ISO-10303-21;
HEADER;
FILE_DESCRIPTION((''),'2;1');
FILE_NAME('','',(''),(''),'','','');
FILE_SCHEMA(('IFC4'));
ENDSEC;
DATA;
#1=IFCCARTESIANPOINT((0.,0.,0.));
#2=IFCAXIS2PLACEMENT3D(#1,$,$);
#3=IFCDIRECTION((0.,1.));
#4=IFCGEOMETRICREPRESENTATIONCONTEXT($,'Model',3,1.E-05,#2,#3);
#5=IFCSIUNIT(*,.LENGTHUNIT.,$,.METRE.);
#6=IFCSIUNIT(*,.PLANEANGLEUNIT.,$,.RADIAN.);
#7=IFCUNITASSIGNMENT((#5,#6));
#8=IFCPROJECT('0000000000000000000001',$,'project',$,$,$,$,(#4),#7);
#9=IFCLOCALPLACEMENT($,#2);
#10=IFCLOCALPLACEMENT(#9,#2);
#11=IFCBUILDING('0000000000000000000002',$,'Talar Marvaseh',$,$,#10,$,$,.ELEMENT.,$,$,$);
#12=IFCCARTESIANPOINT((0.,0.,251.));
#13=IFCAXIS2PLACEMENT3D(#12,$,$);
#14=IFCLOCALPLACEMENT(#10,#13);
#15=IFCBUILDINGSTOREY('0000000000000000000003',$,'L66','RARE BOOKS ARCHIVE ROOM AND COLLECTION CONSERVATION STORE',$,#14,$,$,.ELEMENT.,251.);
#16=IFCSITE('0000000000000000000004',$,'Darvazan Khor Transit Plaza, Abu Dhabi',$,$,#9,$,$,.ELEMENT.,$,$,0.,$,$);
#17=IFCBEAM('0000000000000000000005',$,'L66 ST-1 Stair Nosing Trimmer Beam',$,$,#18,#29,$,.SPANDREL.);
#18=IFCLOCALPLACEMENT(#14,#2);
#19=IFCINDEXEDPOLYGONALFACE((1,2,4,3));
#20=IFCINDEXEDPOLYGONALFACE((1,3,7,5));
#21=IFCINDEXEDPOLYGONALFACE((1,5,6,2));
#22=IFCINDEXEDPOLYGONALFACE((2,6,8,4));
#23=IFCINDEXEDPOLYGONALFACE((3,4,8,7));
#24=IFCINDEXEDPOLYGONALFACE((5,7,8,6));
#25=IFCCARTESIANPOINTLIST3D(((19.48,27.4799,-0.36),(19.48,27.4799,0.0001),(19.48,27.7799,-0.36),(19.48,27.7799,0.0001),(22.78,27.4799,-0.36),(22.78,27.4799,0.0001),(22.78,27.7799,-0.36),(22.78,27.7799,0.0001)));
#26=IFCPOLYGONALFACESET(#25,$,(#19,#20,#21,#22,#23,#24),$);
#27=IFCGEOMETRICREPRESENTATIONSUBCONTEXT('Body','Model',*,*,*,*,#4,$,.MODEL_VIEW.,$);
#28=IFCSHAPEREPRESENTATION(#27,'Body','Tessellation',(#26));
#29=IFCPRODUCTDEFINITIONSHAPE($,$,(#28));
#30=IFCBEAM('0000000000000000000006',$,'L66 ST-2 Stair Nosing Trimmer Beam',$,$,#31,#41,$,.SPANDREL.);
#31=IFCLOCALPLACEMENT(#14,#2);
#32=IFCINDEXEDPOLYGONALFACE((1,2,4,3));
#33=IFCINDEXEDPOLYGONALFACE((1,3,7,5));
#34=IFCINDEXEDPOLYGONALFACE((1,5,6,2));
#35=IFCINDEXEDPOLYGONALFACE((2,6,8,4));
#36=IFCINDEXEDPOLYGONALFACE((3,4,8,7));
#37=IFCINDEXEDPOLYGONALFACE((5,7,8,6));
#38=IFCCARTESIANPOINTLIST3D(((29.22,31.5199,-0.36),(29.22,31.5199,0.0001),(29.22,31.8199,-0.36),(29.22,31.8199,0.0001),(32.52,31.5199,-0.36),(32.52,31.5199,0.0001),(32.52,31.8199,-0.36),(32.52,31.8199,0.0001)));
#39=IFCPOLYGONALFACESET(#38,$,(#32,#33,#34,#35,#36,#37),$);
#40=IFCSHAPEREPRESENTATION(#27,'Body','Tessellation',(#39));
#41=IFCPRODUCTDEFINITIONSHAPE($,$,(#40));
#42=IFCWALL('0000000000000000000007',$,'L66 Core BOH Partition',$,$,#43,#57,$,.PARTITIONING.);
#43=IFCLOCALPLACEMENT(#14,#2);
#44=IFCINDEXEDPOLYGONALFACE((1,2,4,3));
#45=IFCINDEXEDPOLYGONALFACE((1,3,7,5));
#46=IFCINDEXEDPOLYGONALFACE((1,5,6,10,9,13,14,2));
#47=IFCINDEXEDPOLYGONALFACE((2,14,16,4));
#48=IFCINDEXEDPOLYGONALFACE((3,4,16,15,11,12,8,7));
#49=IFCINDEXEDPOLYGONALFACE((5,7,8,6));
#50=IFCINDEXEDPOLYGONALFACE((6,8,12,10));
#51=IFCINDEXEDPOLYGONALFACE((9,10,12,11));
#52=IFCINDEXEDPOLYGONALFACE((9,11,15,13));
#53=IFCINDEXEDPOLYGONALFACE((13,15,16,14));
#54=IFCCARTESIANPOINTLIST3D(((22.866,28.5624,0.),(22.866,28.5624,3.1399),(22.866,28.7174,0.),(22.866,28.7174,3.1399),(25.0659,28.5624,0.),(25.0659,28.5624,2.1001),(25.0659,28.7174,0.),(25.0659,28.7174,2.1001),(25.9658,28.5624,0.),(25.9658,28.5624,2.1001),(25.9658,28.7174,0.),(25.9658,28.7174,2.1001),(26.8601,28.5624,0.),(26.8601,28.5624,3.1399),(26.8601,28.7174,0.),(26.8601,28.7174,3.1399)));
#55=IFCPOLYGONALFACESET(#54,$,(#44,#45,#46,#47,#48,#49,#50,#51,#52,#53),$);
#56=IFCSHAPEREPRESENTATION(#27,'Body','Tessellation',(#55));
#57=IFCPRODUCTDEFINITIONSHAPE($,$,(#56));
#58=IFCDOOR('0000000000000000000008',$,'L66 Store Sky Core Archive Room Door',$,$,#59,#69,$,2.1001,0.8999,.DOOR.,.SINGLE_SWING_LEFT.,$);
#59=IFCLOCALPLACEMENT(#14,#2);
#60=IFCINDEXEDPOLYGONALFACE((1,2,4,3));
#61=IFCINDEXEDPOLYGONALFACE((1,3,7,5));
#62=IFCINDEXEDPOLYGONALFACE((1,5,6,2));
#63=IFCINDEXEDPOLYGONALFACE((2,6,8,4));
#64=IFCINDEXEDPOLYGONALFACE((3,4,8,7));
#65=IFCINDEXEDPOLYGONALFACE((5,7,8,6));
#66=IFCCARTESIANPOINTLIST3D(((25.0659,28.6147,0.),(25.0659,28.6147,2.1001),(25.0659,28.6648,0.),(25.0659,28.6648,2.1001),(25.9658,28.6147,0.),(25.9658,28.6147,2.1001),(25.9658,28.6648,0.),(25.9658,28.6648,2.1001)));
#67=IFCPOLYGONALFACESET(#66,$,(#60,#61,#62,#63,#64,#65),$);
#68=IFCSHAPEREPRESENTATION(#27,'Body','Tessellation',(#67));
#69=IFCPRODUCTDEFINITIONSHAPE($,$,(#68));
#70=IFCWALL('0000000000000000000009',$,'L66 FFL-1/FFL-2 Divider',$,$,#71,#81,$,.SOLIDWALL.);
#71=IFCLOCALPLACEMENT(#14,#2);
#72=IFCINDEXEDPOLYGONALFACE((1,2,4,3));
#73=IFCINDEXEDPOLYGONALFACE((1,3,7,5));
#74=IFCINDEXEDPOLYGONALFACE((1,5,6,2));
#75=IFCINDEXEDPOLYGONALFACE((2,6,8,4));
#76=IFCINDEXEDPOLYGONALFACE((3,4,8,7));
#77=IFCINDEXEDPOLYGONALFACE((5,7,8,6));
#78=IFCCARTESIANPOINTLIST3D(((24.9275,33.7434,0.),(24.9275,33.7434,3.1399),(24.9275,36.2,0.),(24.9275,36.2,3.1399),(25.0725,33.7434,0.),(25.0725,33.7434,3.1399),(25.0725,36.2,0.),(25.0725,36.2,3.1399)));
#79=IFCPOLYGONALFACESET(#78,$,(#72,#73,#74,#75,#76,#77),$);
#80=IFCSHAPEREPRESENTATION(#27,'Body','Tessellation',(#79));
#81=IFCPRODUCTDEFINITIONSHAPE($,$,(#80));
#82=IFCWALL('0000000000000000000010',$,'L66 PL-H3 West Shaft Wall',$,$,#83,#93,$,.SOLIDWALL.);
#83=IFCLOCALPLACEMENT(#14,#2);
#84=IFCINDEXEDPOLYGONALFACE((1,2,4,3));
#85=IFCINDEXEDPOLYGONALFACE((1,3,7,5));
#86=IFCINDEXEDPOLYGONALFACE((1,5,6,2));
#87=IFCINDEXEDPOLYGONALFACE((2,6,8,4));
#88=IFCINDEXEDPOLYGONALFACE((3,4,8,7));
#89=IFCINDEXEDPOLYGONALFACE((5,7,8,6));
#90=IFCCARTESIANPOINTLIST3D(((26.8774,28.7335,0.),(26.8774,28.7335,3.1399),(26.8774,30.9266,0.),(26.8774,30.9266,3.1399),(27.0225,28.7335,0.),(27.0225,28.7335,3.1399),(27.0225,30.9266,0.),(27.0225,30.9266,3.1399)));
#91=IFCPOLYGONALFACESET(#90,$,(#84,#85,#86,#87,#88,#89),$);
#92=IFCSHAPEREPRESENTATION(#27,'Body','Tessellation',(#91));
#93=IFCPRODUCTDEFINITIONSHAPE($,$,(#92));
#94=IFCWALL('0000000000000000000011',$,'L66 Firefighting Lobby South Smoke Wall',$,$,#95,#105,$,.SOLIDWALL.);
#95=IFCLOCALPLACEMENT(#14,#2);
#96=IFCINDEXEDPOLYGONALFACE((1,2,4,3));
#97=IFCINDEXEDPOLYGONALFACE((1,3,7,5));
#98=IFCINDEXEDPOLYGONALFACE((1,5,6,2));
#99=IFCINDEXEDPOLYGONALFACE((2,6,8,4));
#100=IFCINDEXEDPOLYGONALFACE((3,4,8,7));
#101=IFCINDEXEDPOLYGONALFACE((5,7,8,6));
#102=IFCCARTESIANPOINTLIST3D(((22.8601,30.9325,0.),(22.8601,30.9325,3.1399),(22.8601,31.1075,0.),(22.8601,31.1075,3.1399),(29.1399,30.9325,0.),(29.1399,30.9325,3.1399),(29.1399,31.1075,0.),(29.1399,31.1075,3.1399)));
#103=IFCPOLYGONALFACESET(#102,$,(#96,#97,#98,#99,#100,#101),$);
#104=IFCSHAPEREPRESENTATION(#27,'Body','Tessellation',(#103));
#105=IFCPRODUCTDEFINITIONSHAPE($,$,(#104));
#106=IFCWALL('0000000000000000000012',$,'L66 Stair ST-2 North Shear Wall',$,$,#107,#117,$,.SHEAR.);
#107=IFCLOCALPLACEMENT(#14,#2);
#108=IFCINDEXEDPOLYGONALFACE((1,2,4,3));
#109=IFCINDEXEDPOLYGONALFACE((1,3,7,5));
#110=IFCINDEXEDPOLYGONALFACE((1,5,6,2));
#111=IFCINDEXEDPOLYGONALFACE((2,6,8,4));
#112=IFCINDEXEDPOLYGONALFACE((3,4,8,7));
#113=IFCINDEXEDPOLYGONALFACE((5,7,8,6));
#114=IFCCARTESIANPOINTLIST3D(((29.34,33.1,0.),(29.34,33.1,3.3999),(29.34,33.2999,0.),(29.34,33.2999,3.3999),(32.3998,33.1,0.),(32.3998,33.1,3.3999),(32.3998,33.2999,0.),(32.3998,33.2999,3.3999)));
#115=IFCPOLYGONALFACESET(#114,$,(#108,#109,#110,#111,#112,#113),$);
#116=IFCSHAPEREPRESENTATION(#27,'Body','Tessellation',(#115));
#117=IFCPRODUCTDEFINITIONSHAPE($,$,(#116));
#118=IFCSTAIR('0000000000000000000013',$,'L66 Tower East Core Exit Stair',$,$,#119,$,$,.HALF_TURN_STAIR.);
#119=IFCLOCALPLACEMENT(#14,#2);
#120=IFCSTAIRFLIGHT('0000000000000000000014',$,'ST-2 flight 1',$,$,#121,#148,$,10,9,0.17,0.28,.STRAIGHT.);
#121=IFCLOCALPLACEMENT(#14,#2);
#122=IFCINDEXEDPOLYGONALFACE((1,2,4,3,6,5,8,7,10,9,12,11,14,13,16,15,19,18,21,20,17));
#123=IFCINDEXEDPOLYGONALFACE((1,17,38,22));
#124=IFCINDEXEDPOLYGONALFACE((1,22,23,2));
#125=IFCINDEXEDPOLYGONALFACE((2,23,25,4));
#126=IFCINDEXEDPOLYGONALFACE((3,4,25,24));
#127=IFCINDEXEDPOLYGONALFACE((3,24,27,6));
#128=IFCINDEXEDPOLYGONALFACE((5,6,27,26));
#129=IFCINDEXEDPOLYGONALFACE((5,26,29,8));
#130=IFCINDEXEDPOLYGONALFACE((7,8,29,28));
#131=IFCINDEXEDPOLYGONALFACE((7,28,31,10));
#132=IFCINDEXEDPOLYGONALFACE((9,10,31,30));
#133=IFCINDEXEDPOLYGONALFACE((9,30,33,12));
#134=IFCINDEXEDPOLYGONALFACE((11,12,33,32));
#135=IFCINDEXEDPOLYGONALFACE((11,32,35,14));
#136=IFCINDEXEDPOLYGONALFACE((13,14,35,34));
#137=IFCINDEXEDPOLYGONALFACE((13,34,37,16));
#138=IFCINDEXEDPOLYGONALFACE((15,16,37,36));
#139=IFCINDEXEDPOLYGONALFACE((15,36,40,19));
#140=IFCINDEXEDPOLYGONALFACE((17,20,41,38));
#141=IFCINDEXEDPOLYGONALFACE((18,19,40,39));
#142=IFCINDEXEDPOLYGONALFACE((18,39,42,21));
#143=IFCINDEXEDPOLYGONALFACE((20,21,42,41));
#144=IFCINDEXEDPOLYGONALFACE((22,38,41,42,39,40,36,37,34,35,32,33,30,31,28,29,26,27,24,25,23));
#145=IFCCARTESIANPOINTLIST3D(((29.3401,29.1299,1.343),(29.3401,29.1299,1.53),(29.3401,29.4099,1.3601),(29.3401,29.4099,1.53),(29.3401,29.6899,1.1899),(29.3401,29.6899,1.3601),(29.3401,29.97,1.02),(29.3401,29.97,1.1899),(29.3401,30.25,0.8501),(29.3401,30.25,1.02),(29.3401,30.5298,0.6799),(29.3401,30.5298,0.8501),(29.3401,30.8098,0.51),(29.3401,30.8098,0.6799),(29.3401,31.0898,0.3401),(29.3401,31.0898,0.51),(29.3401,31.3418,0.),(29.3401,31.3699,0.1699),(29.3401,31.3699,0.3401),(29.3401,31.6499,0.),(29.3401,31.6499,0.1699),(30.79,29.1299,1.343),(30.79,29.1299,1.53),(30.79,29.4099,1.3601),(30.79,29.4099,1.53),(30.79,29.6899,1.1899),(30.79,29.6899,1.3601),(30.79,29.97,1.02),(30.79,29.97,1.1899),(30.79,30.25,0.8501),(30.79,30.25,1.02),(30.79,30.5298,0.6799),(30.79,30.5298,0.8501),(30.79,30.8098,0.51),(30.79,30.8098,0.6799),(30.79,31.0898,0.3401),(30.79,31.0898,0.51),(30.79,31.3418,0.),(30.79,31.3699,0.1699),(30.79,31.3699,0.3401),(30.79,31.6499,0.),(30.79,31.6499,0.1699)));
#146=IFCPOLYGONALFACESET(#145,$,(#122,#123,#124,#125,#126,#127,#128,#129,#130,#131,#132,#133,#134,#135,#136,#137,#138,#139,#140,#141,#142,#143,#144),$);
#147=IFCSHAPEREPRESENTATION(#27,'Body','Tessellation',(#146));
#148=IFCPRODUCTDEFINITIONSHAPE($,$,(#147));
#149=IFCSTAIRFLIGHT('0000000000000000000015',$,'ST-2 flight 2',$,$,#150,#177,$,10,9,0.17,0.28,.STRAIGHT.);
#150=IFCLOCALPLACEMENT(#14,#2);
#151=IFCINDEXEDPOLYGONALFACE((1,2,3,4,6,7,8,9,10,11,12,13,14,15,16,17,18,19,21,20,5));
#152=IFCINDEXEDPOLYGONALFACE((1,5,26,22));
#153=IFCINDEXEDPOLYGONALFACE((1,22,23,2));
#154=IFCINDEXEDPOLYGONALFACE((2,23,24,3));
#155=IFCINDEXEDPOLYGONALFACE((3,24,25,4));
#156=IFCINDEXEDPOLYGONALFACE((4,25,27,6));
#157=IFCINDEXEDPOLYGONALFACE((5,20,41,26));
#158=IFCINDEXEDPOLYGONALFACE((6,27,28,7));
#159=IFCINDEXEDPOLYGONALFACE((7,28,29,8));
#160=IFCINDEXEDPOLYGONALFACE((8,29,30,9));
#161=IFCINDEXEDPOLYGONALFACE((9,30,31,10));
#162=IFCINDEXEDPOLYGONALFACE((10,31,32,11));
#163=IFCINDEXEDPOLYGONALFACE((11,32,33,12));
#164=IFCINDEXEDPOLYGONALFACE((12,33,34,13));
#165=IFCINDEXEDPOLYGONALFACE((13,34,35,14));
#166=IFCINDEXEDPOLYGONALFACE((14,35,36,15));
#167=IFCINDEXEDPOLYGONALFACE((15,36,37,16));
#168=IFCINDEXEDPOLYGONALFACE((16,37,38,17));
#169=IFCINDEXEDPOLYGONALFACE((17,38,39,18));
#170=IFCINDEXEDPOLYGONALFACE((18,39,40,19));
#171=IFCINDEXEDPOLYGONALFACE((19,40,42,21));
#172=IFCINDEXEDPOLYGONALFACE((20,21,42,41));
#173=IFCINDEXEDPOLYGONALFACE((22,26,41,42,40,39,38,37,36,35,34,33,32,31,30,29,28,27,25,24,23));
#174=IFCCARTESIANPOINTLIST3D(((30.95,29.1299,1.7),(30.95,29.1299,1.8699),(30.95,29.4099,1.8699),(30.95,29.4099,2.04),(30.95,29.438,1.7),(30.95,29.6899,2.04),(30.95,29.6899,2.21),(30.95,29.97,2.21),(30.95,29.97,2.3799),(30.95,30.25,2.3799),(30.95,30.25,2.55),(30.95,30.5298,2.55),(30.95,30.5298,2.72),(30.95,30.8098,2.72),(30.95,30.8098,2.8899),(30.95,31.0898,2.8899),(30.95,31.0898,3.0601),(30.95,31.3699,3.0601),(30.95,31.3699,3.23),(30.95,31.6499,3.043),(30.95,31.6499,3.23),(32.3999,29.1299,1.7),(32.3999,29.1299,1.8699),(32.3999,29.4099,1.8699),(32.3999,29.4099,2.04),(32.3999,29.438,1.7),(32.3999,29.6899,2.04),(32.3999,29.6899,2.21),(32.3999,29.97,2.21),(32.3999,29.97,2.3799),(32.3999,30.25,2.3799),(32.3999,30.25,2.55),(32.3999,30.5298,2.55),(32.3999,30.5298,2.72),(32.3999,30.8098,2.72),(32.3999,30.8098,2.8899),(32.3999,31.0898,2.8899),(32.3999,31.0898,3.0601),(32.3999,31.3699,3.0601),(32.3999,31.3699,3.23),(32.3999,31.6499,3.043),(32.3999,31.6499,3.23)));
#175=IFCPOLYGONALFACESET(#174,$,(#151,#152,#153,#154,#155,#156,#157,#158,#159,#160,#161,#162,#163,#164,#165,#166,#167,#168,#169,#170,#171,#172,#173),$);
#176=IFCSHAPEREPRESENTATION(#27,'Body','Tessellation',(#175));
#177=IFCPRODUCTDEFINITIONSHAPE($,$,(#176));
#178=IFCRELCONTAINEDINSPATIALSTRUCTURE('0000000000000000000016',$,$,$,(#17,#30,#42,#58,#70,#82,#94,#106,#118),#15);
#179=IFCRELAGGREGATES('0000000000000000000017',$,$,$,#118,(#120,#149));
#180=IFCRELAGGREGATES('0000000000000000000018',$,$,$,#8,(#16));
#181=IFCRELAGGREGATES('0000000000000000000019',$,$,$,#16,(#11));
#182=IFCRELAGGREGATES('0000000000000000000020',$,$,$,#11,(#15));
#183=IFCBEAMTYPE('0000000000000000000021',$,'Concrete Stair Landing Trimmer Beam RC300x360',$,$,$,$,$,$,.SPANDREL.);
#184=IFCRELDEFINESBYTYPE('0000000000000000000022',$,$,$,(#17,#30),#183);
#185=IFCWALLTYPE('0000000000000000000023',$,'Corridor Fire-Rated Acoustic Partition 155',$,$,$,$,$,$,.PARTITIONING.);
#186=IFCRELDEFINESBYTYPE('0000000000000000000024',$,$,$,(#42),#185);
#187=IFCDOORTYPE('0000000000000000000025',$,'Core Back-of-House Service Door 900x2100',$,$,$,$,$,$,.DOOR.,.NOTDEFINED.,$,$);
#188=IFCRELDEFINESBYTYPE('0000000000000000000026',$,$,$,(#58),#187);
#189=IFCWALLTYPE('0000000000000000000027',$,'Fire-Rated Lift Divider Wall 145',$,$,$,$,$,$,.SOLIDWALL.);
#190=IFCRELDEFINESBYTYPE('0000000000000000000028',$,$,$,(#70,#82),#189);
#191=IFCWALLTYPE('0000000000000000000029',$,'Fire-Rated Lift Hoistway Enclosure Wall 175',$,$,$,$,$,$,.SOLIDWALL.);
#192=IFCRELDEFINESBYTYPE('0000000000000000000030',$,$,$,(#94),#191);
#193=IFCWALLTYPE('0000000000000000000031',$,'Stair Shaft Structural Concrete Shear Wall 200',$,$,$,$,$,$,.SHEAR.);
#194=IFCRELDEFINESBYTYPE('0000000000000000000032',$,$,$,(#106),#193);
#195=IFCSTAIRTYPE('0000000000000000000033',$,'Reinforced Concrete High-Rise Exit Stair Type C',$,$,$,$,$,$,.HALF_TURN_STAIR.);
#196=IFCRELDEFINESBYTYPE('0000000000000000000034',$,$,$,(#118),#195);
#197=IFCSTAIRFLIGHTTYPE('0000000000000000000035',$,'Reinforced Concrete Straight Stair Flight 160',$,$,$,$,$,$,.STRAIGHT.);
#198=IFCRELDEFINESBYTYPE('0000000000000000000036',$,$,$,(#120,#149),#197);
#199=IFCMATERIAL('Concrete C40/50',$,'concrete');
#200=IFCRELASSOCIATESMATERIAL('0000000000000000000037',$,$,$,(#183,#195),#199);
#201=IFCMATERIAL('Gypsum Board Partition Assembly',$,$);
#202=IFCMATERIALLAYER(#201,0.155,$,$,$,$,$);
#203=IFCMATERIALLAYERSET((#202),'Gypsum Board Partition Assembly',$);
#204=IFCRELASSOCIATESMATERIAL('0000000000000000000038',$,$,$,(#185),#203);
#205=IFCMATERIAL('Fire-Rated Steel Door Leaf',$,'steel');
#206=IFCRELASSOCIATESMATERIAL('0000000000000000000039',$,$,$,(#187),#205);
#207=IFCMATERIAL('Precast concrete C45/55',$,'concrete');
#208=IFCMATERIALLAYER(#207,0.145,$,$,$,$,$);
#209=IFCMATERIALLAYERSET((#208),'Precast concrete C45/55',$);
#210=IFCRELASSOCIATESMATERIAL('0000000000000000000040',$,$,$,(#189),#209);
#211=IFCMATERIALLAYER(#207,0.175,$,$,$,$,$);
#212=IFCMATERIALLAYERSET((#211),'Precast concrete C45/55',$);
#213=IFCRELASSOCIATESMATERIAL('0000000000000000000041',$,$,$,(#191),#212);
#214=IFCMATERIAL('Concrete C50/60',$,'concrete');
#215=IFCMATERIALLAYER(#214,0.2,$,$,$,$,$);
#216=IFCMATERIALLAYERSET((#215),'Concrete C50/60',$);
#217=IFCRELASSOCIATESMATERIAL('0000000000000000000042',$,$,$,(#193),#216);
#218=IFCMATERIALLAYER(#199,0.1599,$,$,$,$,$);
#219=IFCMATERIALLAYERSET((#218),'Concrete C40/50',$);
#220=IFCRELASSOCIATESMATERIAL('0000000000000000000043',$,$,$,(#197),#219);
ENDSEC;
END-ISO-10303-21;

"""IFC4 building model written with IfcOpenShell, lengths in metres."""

from ifc_helpers import new_model, si_unit, direction, frame, frame_2d, origin, origin_2d, place, context, subcontext, project, spatial, polyline, rectangle, outline, extrude, source, transform, mapped, material, layer, layer_set, material_profile, profile_set, type_object, type_shapes, element, fill, aggregate, save


model = new_model("IFC4")

# Units and contexts
model_context = context("Model", 3, precision=1e-05, world=origin(), true_north=direction((0.0, 1.0)))
body_context = subcontext(model_context, "Body", "Model", "MODEL_VIEW")
ifc_project = project(units=[si_unit("LENGTHUNIT", "METRE"), si_unit("PLANEANGLEUNIT", "RADIAN")], contexts=[model_context])

# Site, building, storey
site_placement = place(None, origin())
site = spatial("IfcSite", under=ifc_project, at=site_placement, Name="Darvazan Khor Transit Plaza, Abu Dhabi", CompositionType="ELEMENT", RefElevation=0.0)
building_placement = place(site_placement, origin())
building = spatial("IfcBuilding", under=site, at=building_placement, Name="Talar Marvaseh", CompositionType="ELEMENT")
storey_placement = place(building_placement, frame((0.0, 0.0, 251.0)))
storey = spatial("IfcBuildingStorey", under=building, at=storey_placement, Name="L66", Description="RARE BOOKS ARCHIVE ROOM AND COLLECTION CONSERVATION STORE", CompositionType="ELEMENT", Elevation=251.0)

# Beams
ifc_material_1 = material(Name="Concrete C40/50", Category="concrete")
ifc_material_profile = material_profile(ifc_material_1, rectangle(XDim=0.3, YDim=0.3601, at=origin_2d()), Name="RC300x360")
ifc_profile_set = profile_set([ifc_material_profile], Name="Concrete C40/50")
beam_type = type_object("IfcBeamType", Name="Concrete Stair Landing Trimmer Beam RC300x360", PredefinedType="SPANDREL", material=ifc_profile_set)
for number, where, z_axis, x_axis, name in (
    (1, (22.78, 27.6299, -0.1799), (-1.0, 0.0, 0.0), (0.0, -1.0, 0.0), "L66 ST-1 Stair Nosing Trimmer Beam"),
    (2, (29.22, 31.6699, -0.1799), (1.0, 0.0, 0.0), (0.0, 1.0, 0.0), "L66 ST-2 Stair Nosing Trimmer Beam"),
):
    element("IfcBeam", number, at=place(storey_placement, frame(where, z_axis=z_axis, x_axis=x_axis)), inside=storey, type_object=beam_type, Name=name, PredefinedType="SPANDREL", context=body_context, shape_type="SweptSolid", body=[
        extrude(rectangle(XDim=0.3, YDim=0.3601, at=origin_2d()), origin(), (0.0, 0.0, 1.0), 3.3),
    ])

# Wall, opening, door
ifc_material_2 = material(Name="Gypsum Board Partition Assembly")
ifc_layer_1 = layer(ifc_material_2, 0.155)
ifc_layer_set_1 = layer_set([ifc_layer_1], Name="Gypsum Board Partition Assembly")
wall_type_1 = type_object("IfcWallType", Name="Corridor Fire-Rated Acoustic Partition 155", PredefinedType="PARTITIONING", material=ifc_layer_set_1)
wall_1_placement = place(storey_placement, frame((22.866, 28.6399, 0.0), z_axis=(0.0, 0.0, 1.0), x_axis=(1.0, 0.0, 0.0)))
wall_1 = element("IfcWall", 3, at=wall_1_placement, inside=storey, type_object=wall_type_1, Name="L66 Core BOH Partition", PredefinedType="PARTITIONING", context=body_context, shape_type="SweptSolid", body=[
    extrude(rectangle(XDim=3.9941, YDim=0.155, at=frame_2d((1.9971, 0.0))), origin(), (0.0, 0.0, 1.0), 3.1399),
])
opening_1_placement = place(wall_1_placement, frame((2.2, 0.0, 0.0)))
opening_1 = element("IfcOpeningElement", 4, at=opening_1_placement, cuts=wall_1, PredefinedType="OPENING", context=body_context, shape_type="SweptSolid", body=[
    extrude(rectangle(XDim=0.8999, YDim=2.1001, at=frame_2d((0.45, 1.05))), frame((0.0, 0.0874, 0.0), z_axis=(0.0, -1.0, 0.0), x_axis=(1.0, 0.0, 0.0)), (0.0, 0.0, 1.0), 0.175),
])
ifc_material_3 = material(Name="Fire-Rated Steel Door Leaf", Category="steel")
door_type_1 = type_object("IfcDoorType", Name="Core Back-of-House Service Door 900x2100", OperationType="NOTDEFINED", PredefinedType="DOOR", material=ifc_material_3)
shared_shape_1 = source(origin(), body_context, "Body", "SweptSolid", [
    extrude(rectangle(XDim=0.8999, YDim=2.1001, at=frame_2d((0.45, 1.05))), frame((0.0, 0.0249, 0.0), z_axis=(0.0, -1.0, 0.0), x_axis=(1.0, 0.0, 0.0)), (0.0, 0.0, 1.0), 0.05),
])
type_shapes(door_type_1, [shared_shape_1])
door_1_placement = place(opening_1_placement, origin())
door_1 = element("IfcDoor", 5, at=door_1_placement, inside=storey, type_object=door_type_1, Name="L66 Store Sky Core Archive Room Door", OperationType="SINGLE_SWING_LEFT", OverallHeight=2.1001, OverallWidth=0.8999, PredefinedType="DOOR", context=body_context, shape_type="MappedRepresentation", body=[
    mapped(shared_shape_1, transform((0.0, 0.0, 0.0), x_axis=(1.0, 0.0, 0.0), y_axis=(0.0, 1.0, 0.0), z_axis=(0.0, 0.0, 1.0), scale=1.0)),
])
fill(opening_1, door_1)

# Walls
ifc_material_4 = material(Name="Precast concrete C45/55", Category="concrete")
ifc_layer_2 = layer(ifc_material_4, 0.145)
ifc_layer_set_2 = layer_set([ifc_layer_2], Name="Precast concrete C45/55")
wall_type_2 = type_object("IfcWallType", Name="Fire-Rated Lift Divider Wall 145", PredefinedType="SOLIDWALL", material=ifc_layer_set_2)
wall_2_placement = place(storey_placement, frame((25.0, 33.7434, 0.0), z_axis=(0.0, 0.0, 1.0), x_axis=(0.0, 1.0, 0.0)))
element("IfcWall", 6, at=wall_2_placement, inside=storey, type_object=wall_type_2, Name="L66 FFL-1/FFL-2 Divider", PredefinedType="SOLIDWALL", context=body_context, shape_type="SweptSolid", body=[
    extrude(rectangle(XDim=2.4565, YDim=0.145, at=frame_2d((1.2283, 0.0))), origin(), (0.0, 0.0, 1.0), 3.1399),
])
wall_3_placement = place(storey_placement, frame((26.95, 28.7334, 0.0), z_axis=(0.0, 0.0, 1.0), x_axis=(0.0, 1.0, 0.0)))
element("IfcWall", 7, at=wall_3_placement, inside=storey, type_object=wall_type_2, Name="L66 PL-H3 West Shaft Wall", PredefinedType="SOLIDWALL", context=body_context, shape_type="SweptSolid", body=[
    extrude(rectangle(XDim=2.1931, YDim=0.145, at=frame_2d((1.0967, 0.0))), origin(), (0.0, 0.0, 1.0), 3.1399),
])

# Shared definitions
ifc_layer_3 = layer(ifc_material_4, 0.175)
ifc_layer_set_3 = layer_set([ifc_layer_3], Name="Precast concrete C45/55")
wall_type_3 = type_object("IfcWallType", Name="Fire-Rated Lift Hoistway Enclosure Wall 175", PredefinedType="SOLIDWALL", material=ifc_layer_set_3)

# Wall
wall_4_placement = place(storey_placement, frame((22.8601, 31.02, 0.0), z_axis=(0.0, 0.0, 1.0), x_axis=(1.0, 0.0, 0.0)))
element("IfcWall", 8, at=wall_4_placement, inside=storey, type_object=wall_type_3, Name="L66 Firefighting Lobby South Smoke Wall", PredefinedType="SOLIDWALL", context=body_context, shape_type="SweptSolid", body=[
    extrude(rectangle(XDim=6.2798, YDim=0.175, at=frame_2d((3.1399, 0.0))), origin(), (0.0, 0.0, 1.0), 3.1399),
])

# Wall
ifc_material_5 = material(Name="Concrete C50/60", Category="concrete")
ifc_layer_4 = layer(ifc_material_5, 0.2)
ifc_layer_set_4 = layer_set([ifc_layer_4], Name="Concrete C50/60")
wall_type_4 = type_object("IfcWallType", Name="Stair Shaft Structural Concrete Shear Wall 200", PredefinedType="SHEAR", material=ifc_layer_set_4)
wall_5_placement = place(storey_placement, frame((29.3401, 33.2, 0.0), z_axis=(0.0, 0.0, 1.0), x_axis=(1.0, 0.0, 0.0)))
element("IfcWall", 9, at=wall_5_placement, inside=storey, type_object=wall_type_4, Name="L66 Stair ST-2 North Shear Wall", PredefinedType="SHEAR", context=body_context, shape_type="SweptSolid", body=[
    extrude(rectangle(XDim=3.0598, YDim=0.2, at=frame_2d((1.5298, 0.0))), origin(), (0.0, 0.0, 1.0), 3.3999),
])

# Stair, stair flights
stair_type = type_object("IfcStairType", Name="Reinforced Concrete High-Rise Exit Stair Type C", PredefinedType="HALF_TURN_STAIR", material=ifc_material_1)
stair_placement = place(storey_placement, origin())
stair = element("IfcStair", 10, at=stair_placement, inside=storey, type_object=stair_type, Name="L66 Tower East Core Exit Stair", PredefinedType="HALF_TURN_STAIR")
ifc_layer_5 = layer(ifc_material_1, 0.1599)
ifc_layer_set_5 = layer_set([ifc_layer_5], Name="Concrete C40/50")
stair_flight_type = type_object("IfcStairFlightType", Name="Reinforced Concrete Straight Stair Flight 160", PredefinedType="STRAIGHT", material=ifc_layer_set_5)
stair_flight_1_placement = place(storey_placement, frame((30.0649, 31.6499, 0.0), z_axis=(0.0, 0.0, 1.0), x_axis=(0.0, -1.0, 0.0)))
stair_flight_1 = element("IfcStairFlight", 11, at=stair_flight_1_placement, type_object=stair_flight_type, Name="ST-2 flight 1", NumberOfRisers=10, NumberOfTreads=9, PredefinedType="STRAIGHT", RiserHeight=0.17, TreadLength=0.28, context=body_context, shape_type="SweptSolid", body=[
    extrude(outline(polyline([(0.0, 0.0), (0.0, 0.1699), (0.28, 0.1699), (0.28, 0.3401), (0.5601, 0.3401), (0.5601, 0.51), (0.8401, 0.51), (0.8401, 0.6799), (1.1201, 0.6799), (1.1201, 0.8501), (1.3999, 0.8501), (1.3999, 1.02), (1.6799, 1.02), (1.6799, 1.1899), (1.96, 1.1899), (1.96, 1.3601), (2.24, 1.3601), (2.24, 1.53), (2.52, 1.53), (2.52, 1.7), (2.52, 1.343), (0.3081, 0.0), (0.0, 0.0)])), frame((0.0, 0.7251, 0.0), z_axis=(0.0, -1.0, 0.0), x_axis=(1.0, 0.0, 0.0)), (0.0, 0.0, 1.0), 1.45),
])
stair_flight_2_placement = place(storey_placement, frame((31.675, 29.1299, 1.7), z_axis=(0.0, 0.0, 1.0), x_axis=(0.0, 1.0, 0.0)))
stair_flight_2 = element("IfcStairFlight", 12, at=stair_flight_2_placement, type_object=stair_flight_type, Name="ST-2 flight 2", NumberOfRisers=10, NumberOfTreads=9, PredefinedType="STRAIGHT", RiserHeight=0.17, TreadLength=0.28, context=body_context, shape_type="SweptSolid", body=[
    extrude(outline(polyline([(0.0, 0.0), (0.0, 0.1699), (0.28, 0.1699), (0.28, 0.3401), (0.5601, 0.3401), (0.5601, 0.51), (0.8401, 0.51), (0.8401, 0.6799), (1.1201, 0.6799), (1.1201, 0.8501), (1.3999, 0.8501), (1.3999, 1.02), (1.6799, 1.02), (1.6799, 1.1899), (1.96, 1.1899), (1.96, 1.3601), (2.24, 1.3601), (2.24, 1.53), (2.52, 1.53), (2.52, 1.7), (2.52, 1.343), (0.3081, 0.0), (0.0, 0.0)])), frame((0.0, 0.7251, 0.0), z_axis=(0.0, -1.0, 0.0), x_axis=(1.0, 0.0, 0.0)), (0.0, 0.0, 1.0), 1.45),
])
aggregate(stair, [stair_flight_1, stair_flight_2])

save(model, "model.ifc")
